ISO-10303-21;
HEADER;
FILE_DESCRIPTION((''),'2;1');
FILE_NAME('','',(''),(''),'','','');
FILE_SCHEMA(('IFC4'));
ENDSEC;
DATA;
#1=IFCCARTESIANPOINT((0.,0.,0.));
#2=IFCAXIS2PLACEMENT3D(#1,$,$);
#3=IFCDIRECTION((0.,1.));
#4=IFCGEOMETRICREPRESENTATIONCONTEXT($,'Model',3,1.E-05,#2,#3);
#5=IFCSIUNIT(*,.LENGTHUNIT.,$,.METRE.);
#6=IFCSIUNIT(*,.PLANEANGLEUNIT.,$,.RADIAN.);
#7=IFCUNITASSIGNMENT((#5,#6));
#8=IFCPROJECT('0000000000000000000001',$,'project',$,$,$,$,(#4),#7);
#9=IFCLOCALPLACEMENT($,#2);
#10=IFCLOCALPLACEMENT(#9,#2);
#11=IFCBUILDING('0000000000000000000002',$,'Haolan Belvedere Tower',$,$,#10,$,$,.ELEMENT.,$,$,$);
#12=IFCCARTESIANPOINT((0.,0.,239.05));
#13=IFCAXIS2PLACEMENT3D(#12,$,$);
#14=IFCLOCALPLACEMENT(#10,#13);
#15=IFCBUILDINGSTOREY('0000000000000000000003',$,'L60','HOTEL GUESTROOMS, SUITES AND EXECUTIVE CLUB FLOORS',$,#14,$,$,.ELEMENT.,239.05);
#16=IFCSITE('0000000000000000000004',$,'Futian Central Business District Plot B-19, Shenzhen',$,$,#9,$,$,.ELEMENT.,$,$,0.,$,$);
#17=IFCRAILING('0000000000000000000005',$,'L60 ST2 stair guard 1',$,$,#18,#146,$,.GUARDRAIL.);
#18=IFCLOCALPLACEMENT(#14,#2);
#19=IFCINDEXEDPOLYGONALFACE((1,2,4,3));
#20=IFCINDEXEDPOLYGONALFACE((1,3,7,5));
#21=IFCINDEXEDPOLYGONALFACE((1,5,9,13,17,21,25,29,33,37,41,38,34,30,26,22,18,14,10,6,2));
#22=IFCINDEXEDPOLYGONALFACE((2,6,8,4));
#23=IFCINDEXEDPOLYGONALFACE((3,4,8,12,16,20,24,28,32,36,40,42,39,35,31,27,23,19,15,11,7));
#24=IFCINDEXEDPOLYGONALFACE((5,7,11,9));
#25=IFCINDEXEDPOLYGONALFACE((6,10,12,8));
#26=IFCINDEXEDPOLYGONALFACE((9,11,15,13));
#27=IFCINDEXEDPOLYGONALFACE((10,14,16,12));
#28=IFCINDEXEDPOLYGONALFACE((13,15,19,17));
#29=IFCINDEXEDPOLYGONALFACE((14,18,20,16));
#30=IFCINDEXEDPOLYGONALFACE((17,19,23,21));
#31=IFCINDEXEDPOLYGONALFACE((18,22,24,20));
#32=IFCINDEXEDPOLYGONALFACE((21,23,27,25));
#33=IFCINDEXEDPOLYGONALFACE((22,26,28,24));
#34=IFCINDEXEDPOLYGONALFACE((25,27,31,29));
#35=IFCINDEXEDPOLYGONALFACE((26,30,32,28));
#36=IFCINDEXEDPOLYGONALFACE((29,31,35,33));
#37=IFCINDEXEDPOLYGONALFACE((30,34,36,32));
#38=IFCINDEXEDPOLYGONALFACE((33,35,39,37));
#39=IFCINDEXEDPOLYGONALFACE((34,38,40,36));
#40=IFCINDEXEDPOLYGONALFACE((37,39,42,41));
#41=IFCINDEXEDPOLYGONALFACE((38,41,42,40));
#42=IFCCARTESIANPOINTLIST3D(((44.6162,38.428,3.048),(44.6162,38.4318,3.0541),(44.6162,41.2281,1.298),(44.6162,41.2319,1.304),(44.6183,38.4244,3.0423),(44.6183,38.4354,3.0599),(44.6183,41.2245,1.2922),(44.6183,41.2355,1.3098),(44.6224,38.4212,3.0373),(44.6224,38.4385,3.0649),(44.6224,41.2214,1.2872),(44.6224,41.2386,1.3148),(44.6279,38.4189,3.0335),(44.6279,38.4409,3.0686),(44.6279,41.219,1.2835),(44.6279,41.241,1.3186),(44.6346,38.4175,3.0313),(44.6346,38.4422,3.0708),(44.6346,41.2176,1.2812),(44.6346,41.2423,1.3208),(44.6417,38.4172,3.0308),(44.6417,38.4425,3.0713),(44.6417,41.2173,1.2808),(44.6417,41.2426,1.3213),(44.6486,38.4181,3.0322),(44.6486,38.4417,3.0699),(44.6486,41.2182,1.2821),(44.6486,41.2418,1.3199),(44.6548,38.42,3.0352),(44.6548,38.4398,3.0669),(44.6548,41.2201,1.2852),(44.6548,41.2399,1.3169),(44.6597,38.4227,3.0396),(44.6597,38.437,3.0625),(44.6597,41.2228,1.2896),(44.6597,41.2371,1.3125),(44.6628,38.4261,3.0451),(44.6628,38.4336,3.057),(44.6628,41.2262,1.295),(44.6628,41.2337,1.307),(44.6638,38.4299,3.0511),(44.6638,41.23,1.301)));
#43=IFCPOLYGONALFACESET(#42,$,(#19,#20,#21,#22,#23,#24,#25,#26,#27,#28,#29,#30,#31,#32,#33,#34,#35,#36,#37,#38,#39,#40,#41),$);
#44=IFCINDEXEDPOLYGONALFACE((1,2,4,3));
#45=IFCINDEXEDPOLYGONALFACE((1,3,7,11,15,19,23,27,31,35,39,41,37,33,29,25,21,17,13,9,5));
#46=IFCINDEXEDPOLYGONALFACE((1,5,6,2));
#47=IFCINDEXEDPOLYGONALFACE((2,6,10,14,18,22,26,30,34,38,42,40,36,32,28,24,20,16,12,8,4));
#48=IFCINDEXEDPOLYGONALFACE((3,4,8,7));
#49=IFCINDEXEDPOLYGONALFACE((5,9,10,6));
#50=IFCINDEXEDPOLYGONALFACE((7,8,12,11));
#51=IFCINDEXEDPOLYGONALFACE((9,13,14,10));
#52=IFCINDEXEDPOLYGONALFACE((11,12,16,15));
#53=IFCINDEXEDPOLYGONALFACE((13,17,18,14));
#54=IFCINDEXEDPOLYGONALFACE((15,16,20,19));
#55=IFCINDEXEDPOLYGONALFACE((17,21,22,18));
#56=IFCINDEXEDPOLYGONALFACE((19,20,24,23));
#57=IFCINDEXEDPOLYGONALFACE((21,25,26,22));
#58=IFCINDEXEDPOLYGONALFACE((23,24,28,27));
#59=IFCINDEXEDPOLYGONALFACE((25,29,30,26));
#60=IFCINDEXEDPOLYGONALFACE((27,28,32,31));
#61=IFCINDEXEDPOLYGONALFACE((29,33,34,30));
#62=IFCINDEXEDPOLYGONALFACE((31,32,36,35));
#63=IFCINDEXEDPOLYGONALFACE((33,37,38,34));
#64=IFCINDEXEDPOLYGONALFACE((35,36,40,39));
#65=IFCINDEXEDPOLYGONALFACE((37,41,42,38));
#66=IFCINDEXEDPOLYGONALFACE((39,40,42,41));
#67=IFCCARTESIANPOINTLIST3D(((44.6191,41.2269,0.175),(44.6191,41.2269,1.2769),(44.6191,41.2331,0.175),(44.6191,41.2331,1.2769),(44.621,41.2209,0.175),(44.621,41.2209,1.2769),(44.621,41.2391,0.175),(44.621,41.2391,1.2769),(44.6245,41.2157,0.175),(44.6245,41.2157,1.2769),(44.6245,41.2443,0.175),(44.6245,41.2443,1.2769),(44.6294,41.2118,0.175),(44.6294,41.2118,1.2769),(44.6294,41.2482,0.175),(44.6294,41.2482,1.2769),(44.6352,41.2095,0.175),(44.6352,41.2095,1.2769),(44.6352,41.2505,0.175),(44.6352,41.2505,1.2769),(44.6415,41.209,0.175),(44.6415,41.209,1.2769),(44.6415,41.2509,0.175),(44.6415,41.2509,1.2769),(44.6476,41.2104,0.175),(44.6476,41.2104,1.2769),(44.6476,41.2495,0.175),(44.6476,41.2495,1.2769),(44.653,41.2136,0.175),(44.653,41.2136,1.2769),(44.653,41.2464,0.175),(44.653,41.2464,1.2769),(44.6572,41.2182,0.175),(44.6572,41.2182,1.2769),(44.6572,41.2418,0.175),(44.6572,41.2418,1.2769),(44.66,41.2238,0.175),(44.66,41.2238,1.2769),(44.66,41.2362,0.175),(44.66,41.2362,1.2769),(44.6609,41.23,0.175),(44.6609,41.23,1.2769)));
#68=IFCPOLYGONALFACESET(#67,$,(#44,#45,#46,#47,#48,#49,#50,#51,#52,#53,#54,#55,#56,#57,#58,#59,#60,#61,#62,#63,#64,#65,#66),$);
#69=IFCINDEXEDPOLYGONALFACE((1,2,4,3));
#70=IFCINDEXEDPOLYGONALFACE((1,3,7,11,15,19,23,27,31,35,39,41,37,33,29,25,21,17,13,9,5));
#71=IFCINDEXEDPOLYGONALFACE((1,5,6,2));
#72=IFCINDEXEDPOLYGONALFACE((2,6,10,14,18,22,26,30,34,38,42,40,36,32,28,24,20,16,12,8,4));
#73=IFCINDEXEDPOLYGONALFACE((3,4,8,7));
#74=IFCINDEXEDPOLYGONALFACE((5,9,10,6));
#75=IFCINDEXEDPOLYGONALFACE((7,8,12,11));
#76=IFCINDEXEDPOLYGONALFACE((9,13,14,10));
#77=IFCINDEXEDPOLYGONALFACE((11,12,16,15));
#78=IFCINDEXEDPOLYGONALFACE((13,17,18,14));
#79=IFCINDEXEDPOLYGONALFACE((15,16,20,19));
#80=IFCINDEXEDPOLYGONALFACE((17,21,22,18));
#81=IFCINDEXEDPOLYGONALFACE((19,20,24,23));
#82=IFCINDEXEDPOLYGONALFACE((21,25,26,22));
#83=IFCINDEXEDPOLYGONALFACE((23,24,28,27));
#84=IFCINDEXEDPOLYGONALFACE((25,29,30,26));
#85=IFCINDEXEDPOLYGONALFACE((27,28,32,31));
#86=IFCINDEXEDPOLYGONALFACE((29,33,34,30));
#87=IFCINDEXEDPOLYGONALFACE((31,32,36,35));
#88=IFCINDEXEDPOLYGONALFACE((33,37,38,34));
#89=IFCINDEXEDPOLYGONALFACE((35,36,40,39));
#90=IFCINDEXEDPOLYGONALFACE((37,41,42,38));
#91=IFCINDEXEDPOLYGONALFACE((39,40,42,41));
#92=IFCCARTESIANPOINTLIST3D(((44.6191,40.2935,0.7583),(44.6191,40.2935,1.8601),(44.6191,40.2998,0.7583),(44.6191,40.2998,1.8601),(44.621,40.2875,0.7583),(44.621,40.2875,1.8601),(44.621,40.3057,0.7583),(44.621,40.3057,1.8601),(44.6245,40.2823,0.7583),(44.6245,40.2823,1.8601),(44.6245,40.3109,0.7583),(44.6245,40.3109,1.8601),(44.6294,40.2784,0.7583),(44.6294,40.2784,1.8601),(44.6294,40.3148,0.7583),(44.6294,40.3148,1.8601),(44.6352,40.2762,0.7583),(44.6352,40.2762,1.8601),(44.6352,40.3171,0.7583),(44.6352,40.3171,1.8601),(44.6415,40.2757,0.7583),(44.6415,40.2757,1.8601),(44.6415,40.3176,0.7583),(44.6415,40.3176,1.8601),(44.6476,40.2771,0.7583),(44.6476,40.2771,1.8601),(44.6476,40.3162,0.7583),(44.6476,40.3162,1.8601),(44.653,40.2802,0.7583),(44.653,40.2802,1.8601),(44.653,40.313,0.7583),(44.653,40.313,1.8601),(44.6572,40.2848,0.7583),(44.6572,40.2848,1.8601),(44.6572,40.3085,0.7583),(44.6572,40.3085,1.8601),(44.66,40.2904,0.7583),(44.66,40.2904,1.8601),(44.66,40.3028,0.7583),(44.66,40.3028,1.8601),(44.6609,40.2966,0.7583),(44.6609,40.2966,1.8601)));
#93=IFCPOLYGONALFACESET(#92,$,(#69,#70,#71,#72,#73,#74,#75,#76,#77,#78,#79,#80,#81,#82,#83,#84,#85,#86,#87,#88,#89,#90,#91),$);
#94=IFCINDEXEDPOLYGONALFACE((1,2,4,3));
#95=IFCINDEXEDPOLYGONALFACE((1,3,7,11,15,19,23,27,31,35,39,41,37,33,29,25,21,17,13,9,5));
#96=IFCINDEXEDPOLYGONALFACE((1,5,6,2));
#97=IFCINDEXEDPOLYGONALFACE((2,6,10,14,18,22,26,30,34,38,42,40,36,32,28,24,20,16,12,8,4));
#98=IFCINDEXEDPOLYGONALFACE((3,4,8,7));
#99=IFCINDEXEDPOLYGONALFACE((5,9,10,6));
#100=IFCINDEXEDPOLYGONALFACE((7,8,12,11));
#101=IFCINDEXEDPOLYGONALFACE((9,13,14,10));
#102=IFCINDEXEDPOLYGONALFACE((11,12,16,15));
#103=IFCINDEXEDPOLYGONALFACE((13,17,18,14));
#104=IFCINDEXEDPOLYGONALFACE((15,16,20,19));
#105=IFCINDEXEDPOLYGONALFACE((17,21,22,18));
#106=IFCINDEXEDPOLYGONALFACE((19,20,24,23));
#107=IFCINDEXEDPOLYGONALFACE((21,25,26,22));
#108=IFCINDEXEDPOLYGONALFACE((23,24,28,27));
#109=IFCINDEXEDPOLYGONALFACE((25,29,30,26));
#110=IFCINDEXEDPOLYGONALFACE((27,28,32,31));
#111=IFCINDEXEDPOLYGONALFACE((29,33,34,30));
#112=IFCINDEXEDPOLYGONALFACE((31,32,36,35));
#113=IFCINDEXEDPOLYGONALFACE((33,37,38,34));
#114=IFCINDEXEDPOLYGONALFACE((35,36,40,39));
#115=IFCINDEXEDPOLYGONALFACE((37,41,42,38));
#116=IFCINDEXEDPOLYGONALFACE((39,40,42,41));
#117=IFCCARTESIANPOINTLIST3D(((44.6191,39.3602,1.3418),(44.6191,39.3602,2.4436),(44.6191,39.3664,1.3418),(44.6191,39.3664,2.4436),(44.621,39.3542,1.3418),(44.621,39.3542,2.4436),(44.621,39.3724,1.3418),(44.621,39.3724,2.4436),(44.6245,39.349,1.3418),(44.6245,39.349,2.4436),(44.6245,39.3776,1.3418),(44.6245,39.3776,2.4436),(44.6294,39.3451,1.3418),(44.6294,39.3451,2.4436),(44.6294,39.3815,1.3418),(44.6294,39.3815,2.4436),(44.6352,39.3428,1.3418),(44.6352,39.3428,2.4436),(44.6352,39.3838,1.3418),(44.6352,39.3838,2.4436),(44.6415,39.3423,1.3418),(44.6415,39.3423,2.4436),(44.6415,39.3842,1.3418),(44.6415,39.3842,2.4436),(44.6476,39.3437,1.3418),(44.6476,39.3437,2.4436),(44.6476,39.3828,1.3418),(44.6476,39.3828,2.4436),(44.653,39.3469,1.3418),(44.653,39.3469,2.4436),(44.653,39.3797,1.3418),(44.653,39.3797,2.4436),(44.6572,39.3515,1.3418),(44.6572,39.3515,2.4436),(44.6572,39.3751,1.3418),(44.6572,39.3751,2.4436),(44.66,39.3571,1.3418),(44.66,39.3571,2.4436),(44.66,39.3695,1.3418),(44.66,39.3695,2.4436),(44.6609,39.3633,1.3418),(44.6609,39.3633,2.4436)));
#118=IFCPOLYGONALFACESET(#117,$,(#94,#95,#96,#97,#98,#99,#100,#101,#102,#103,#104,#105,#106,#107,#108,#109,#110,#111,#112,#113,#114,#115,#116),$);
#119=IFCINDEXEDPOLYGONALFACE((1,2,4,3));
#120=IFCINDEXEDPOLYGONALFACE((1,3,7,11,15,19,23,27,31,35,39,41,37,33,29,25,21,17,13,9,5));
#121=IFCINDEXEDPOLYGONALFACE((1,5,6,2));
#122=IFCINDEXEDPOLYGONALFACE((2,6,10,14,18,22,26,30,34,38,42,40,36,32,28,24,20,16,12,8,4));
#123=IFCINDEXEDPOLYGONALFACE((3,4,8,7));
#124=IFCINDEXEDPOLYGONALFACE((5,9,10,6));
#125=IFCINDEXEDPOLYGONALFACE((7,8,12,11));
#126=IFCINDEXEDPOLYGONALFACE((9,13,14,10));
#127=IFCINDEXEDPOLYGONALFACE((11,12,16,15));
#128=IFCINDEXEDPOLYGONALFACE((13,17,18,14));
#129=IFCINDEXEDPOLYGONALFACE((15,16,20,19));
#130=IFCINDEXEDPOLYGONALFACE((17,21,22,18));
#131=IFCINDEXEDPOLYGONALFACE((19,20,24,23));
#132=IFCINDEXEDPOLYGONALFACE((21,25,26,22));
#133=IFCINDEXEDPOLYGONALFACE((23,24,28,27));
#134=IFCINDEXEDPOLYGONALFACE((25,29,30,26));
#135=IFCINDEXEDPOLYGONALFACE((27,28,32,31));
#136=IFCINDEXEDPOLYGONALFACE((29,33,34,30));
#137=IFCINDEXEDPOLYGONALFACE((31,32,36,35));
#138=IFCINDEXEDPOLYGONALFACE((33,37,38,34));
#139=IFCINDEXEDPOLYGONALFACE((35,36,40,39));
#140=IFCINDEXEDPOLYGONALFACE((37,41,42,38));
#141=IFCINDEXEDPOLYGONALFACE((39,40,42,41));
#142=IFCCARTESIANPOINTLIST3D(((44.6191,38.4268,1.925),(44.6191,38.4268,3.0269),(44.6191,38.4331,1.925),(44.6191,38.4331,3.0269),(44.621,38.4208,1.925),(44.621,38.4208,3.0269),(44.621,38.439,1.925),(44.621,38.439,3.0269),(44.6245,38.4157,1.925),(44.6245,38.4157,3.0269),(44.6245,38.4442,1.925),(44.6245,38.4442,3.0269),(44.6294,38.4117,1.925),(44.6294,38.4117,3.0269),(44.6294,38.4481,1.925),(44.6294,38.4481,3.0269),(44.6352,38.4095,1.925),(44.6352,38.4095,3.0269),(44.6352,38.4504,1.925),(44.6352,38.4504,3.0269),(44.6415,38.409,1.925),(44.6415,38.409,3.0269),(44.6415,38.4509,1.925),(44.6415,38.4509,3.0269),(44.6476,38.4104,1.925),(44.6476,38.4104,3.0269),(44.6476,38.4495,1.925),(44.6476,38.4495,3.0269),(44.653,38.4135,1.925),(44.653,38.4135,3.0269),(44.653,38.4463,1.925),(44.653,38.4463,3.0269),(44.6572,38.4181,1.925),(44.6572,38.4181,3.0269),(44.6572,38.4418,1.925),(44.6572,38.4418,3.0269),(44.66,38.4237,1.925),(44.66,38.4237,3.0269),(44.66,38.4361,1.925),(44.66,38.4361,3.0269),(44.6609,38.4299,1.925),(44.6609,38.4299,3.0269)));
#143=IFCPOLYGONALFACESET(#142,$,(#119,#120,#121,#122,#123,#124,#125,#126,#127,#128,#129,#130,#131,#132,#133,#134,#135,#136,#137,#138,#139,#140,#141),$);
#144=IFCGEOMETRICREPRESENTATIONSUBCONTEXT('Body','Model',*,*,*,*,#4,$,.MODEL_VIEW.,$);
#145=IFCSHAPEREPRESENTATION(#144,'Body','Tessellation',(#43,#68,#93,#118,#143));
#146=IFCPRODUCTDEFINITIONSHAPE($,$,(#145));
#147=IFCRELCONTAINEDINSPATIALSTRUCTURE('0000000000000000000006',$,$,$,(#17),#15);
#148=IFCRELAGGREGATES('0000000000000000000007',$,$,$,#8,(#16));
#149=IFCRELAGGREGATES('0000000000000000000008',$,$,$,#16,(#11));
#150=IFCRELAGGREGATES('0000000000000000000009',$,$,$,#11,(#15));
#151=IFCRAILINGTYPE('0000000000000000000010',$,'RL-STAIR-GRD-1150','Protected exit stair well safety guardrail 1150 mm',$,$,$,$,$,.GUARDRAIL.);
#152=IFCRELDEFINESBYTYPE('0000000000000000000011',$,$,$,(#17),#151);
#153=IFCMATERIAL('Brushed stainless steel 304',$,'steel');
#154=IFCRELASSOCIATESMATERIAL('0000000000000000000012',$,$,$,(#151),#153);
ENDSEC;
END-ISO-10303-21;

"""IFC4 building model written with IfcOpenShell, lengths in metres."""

from ifc_helpers import new_model, si_unit, direction, frame, origin, origin_2d, place, context, subcontext, project, spatial, circle, extrude, material, type_object, element, save


model = new_model("IFC4")

# Units and contexts
model_context = context("Model", 3, precision=1e-05, world=origin(), true_north=direction((0.0, 1.0)))
body_context = subcontext(model_context, "Body", "Model", "MODEL_VIEW")
ifc_project = project(units=[si_unit("LENGTHUNIT", "METRE"), si_unit("PLANEANGLEUNIT", "RADIAN")], contexts=[model_context])

# Site, building, storey
site_placement = place(None, origin())
site = spatial("IfcSite", under=ifc_project, at=site_placement, Name="Futian Central Business District Plot B-19, Shenzhen", CompositionType="ELEMENT", RefElevation=0.0)
building_placement = place(site_placement, origin())
building = spatial("IfcBuilding", under=site, at=building_placement, Name="Haolan Belvedere Tower", CompositionType="ELEMENT")
storey_placement = place(building_placement, frame((0.0, 0.0, 239.05)))
storey = spatial("IfcBuildingStorey", under=building, at=storey_placement, Name="L60", Description="HOTEL GUESTROOMS, SUITES AND EXECUTIVE CLUB FLOORS", CompositionType="ELEMENT", Elevation=239.05)

# Railing
ifc_material_1 = material(Name="Brushed stainless steel 304", Category="steel")
railing_type_1 = type_object("IfcRailingType", Name="RL-STAIR-GRD-1150", Description="Protected exit stair well safety guardrail 1150 mm", PredefinedType="GUARDRAIL", material=ifc_material_1)
railing_1_placement = place(storey_placement, frame((44.6399, 41.23, 0.175)))
element("IfcRailing", 1, at=railing_1_placement, inside=storey, type_object=railing_type_1, Name="L60 ST2 stair guard 1", PredefinedType="GUARDRAIL", context=body_context, shape_type="SweptSolid", body=[
    extrude(circle(Radius=0.0239, at=origin_2d()), frame((0.0, 0.0, 1.126), z_axis=(0.0, -0.848002, 0.529992), x_axis=(1.0, 0.0, 0.0)), (0.0, 0.0, 1.0), 3.302),
    extrude(circle(Radius=0.021, at=origin_2d()), origin(), (0.0, 0.0, 1.0), 1.1018),
    extrude(circle(Radius=0.021, at=origin_2d()), frame((0.0, -0.9333, 0.5833)), (0.0, 0.0, 1.0), 1.1018),
    extrude(circle(Radius=0.021, at=origin_2d()), frame((0.0, -1.8667, 1.1667)), (0.0, 0.0, 1.0), 1.1018),
    extrude(circle(Radius=0.021, at=origin_2d()), frame((0.0, -2.8, 1.75)), (0.0, 0.0, 1.0), 1.1018),
])

save(model, "model.ifc")
